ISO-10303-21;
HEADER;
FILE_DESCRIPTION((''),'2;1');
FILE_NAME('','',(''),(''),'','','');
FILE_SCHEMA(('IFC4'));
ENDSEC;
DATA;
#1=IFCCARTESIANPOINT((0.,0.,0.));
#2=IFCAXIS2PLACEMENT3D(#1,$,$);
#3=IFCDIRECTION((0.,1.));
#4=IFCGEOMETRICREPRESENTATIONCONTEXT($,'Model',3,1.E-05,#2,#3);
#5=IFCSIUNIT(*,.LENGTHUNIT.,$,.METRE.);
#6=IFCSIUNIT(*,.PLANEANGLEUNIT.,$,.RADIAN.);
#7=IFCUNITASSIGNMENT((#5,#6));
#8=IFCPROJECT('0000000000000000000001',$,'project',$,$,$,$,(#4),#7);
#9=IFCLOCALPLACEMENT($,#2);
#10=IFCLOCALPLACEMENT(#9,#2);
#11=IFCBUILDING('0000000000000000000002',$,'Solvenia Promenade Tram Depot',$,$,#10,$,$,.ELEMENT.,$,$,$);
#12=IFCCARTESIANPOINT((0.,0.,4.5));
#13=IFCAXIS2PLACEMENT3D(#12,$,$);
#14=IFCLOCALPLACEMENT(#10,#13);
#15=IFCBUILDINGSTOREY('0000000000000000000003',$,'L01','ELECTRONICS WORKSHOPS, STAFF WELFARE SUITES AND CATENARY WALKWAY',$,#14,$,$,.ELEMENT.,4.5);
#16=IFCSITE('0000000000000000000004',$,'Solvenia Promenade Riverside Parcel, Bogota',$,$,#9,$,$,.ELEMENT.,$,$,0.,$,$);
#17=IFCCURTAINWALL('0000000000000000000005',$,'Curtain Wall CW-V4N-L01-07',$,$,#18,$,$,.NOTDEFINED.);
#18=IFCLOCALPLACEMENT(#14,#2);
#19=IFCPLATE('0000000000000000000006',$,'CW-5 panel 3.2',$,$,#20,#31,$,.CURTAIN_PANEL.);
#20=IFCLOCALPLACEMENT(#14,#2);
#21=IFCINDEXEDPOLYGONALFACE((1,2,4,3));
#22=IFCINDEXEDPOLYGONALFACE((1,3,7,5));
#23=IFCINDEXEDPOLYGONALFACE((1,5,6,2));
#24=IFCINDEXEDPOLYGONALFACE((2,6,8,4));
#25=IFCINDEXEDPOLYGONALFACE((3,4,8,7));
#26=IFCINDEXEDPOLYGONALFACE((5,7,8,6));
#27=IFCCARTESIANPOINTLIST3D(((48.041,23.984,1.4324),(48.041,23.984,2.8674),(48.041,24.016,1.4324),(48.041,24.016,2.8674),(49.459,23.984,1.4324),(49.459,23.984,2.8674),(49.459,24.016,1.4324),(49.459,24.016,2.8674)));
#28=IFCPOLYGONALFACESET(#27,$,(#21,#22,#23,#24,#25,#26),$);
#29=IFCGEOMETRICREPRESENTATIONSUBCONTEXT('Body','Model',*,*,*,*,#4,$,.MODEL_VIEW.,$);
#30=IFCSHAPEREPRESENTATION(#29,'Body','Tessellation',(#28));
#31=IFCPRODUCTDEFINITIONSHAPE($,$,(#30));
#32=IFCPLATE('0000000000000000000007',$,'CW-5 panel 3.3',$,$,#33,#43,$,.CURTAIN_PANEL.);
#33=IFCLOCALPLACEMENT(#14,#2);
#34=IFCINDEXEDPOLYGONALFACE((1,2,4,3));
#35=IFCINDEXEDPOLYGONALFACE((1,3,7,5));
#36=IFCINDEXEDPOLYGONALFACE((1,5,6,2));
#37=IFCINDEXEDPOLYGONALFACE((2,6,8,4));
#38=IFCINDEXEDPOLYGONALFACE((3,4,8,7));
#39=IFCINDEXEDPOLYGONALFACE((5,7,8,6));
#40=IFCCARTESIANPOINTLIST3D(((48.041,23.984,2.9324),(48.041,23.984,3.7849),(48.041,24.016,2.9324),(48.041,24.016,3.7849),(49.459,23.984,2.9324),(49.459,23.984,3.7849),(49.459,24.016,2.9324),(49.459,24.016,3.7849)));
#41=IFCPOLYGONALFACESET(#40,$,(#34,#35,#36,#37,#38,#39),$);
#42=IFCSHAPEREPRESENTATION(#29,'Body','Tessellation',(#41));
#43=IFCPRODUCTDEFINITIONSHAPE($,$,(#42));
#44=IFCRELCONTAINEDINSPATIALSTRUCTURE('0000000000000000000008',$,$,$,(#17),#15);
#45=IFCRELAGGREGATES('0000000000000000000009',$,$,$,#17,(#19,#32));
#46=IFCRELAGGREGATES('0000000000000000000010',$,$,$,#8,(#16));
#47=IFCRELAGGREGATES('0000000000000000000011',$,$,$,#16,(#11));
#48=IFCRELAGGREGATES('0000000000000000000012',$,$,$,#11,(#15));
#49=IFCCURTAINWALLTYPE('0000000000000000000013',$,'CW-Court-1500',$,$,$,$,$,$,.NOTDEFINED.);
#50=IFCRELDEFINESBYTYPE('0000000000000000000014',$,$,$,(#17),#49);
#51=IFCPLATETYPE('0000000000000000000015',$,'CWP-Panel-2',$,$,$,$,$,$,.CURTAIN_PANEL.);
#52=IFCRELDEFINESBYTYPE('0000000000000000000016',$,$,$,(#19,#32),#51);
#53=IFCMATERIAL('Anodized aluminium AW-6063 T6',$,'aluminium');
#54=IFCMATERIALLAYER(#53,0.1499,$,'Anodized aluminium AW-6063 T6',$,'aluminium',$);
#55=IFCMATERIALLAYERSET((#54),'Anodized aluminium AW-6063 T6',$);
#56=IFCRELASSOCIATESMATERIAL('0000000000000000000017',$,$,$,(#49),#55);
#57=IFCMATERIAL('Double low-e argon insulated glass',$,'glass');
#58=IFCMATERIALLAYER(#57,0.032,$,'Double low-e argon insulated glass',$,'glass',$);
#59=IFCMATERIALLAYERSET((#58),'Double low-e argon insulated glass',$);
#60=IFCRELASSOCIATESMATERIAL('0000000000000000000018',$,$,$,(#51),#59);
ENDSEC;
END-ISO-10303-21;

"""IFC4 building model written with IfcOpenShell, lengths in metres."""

from ifc_helpers import new_model, si_unit, direction, frame, origin, origin_2d, place, context, subcontext, project, spatial, rectangle, extrude, material, layer, layer_set, type_object, element, aggregate, save


model = new_model("IFC4")

# Units and contexts
model_context = context("Model", 3, precision=1e-05, world=origin(), true_north=direction((0.0, 1.0)))
body_context = subcontext(model_context, "Body", "Model", "MODEL_VIEW")
ifc_project = project(units=[si_unit("LENGTHUNIT", "METRE"), si_unit("PLANEANGLEUNIT", "RADIAN")], contexts=[model_context])

# Site, building, storey
site_placement = place(None, origin())
site = spatial("IfcSite", under=ifc_project, at=site_placement, Name="Solvenia Promenade Riverside Parcel, Bogota", CompositionType="ELEMENT", RefElevation=0.0)
building_placement = place(site_placement, origin())
building = spatial("IfcBuilding", under=site, at=building_placement, Name="Solvenia Promenade Tram Depot", CompositionType="ELEMENT")
storey_placement = place(building_placement, frame((0.0, 0.0, 4.5)))
storey = spatial("IfcBuildingStorey", under=building, at=storey_placement, Name="L01", Description="ELECTRONICS WORKSHOPS, STAFF WELFARE SUITES AND CATENARY WALKWAY", CompositionType="ELEMENT", Elevation=4.5)

# Curtain wall, plates
ifc_material_1 = material(Name="Anodized aluminium AW-6063 T6", Category="aluminium")
ifc_layer_1 = layer(ifc_material_1, 0.1499, Name="Anodized aluminium AW-6063 T6", Category="aluminium")
ifc_layer_set_1 = layer_set([ifc_layer_1], Name="Anodized aluminium AW-6063 T6")
curtain_wall_type = type_object("IfcCurtainWallType", Name="CW-Court-1500", PredefinedType="NOTDEFINED", material=ifc_layer_set_1)
curtain_wall_placement = place(storey_placement, origin())
curtain_wall = element("IfcCurtainWall", 1, at=curtain_wall_placement, inside=storey, type_object=curtain_wall_type, Name="Curtain Wall CW-V4N-L01-07", PredefinedType="NOTDEFINED")
ifc_material_2 = material(Name="Double low-e argon insulated glass", Category="glass")
ifc_layer_2 = layer(ifc_material_2, 0.032, Name="Double low-e argon insulated glass", Category="glass")
ifc_layer_set_2 = layer_set([ifc_layer_2], Name="Double low-e argon insulated glass")
plate_type = type_object("IfcPlateType", Name="CWP-Panel-2", PredefinedType="CURTAIN_PANEL", material=ifc_layer_set_2)
plate_1_placement = place(storey_placement, frame((48.75, 24.0, 1.4324), z_axis=(0.0, 0.0, 1.0), x_axis=(1.0, 0.0, 0.0)))
plate_1 = element("IfcPlate", 2, at=plate_1_placement, type_object=plate_type, Name="CW-5 panel 3.2", PredefinedType="CURTAIN_PANEL", context=body_context, shape_type="SweptSolid", body=[
    extrude(rectangle(XDim=1.418, YDim=0.032, at=origin_2d()), origin(), (0.0, 0.0, 1.0), 1.4351),
])
plate_2_placement = place(storey_placement, frame((48.75, 24.0, 2.9324), z_axis=(0.0, 0.0, 1.0), x_axis=(1.0, 0.0, 0.0)))
plate_2 = element("IfcPlate", 3, at=plate_2_placement, type_object=plate_type, Name="CW-5 panel 3.3", PredefinedType="CURTAIN_PANEL", context=body_context, shape_type="SweptSolid", body=[
    extrude(rectangle(XDim=1.418, YDim=0.032, at=origin_2d()), origin(), (0.0, 0.0, 1.0), 0.8525),
])
aggregate(curtain_wall, [plate_1, plate_2])

save(model, "model.ifc")
